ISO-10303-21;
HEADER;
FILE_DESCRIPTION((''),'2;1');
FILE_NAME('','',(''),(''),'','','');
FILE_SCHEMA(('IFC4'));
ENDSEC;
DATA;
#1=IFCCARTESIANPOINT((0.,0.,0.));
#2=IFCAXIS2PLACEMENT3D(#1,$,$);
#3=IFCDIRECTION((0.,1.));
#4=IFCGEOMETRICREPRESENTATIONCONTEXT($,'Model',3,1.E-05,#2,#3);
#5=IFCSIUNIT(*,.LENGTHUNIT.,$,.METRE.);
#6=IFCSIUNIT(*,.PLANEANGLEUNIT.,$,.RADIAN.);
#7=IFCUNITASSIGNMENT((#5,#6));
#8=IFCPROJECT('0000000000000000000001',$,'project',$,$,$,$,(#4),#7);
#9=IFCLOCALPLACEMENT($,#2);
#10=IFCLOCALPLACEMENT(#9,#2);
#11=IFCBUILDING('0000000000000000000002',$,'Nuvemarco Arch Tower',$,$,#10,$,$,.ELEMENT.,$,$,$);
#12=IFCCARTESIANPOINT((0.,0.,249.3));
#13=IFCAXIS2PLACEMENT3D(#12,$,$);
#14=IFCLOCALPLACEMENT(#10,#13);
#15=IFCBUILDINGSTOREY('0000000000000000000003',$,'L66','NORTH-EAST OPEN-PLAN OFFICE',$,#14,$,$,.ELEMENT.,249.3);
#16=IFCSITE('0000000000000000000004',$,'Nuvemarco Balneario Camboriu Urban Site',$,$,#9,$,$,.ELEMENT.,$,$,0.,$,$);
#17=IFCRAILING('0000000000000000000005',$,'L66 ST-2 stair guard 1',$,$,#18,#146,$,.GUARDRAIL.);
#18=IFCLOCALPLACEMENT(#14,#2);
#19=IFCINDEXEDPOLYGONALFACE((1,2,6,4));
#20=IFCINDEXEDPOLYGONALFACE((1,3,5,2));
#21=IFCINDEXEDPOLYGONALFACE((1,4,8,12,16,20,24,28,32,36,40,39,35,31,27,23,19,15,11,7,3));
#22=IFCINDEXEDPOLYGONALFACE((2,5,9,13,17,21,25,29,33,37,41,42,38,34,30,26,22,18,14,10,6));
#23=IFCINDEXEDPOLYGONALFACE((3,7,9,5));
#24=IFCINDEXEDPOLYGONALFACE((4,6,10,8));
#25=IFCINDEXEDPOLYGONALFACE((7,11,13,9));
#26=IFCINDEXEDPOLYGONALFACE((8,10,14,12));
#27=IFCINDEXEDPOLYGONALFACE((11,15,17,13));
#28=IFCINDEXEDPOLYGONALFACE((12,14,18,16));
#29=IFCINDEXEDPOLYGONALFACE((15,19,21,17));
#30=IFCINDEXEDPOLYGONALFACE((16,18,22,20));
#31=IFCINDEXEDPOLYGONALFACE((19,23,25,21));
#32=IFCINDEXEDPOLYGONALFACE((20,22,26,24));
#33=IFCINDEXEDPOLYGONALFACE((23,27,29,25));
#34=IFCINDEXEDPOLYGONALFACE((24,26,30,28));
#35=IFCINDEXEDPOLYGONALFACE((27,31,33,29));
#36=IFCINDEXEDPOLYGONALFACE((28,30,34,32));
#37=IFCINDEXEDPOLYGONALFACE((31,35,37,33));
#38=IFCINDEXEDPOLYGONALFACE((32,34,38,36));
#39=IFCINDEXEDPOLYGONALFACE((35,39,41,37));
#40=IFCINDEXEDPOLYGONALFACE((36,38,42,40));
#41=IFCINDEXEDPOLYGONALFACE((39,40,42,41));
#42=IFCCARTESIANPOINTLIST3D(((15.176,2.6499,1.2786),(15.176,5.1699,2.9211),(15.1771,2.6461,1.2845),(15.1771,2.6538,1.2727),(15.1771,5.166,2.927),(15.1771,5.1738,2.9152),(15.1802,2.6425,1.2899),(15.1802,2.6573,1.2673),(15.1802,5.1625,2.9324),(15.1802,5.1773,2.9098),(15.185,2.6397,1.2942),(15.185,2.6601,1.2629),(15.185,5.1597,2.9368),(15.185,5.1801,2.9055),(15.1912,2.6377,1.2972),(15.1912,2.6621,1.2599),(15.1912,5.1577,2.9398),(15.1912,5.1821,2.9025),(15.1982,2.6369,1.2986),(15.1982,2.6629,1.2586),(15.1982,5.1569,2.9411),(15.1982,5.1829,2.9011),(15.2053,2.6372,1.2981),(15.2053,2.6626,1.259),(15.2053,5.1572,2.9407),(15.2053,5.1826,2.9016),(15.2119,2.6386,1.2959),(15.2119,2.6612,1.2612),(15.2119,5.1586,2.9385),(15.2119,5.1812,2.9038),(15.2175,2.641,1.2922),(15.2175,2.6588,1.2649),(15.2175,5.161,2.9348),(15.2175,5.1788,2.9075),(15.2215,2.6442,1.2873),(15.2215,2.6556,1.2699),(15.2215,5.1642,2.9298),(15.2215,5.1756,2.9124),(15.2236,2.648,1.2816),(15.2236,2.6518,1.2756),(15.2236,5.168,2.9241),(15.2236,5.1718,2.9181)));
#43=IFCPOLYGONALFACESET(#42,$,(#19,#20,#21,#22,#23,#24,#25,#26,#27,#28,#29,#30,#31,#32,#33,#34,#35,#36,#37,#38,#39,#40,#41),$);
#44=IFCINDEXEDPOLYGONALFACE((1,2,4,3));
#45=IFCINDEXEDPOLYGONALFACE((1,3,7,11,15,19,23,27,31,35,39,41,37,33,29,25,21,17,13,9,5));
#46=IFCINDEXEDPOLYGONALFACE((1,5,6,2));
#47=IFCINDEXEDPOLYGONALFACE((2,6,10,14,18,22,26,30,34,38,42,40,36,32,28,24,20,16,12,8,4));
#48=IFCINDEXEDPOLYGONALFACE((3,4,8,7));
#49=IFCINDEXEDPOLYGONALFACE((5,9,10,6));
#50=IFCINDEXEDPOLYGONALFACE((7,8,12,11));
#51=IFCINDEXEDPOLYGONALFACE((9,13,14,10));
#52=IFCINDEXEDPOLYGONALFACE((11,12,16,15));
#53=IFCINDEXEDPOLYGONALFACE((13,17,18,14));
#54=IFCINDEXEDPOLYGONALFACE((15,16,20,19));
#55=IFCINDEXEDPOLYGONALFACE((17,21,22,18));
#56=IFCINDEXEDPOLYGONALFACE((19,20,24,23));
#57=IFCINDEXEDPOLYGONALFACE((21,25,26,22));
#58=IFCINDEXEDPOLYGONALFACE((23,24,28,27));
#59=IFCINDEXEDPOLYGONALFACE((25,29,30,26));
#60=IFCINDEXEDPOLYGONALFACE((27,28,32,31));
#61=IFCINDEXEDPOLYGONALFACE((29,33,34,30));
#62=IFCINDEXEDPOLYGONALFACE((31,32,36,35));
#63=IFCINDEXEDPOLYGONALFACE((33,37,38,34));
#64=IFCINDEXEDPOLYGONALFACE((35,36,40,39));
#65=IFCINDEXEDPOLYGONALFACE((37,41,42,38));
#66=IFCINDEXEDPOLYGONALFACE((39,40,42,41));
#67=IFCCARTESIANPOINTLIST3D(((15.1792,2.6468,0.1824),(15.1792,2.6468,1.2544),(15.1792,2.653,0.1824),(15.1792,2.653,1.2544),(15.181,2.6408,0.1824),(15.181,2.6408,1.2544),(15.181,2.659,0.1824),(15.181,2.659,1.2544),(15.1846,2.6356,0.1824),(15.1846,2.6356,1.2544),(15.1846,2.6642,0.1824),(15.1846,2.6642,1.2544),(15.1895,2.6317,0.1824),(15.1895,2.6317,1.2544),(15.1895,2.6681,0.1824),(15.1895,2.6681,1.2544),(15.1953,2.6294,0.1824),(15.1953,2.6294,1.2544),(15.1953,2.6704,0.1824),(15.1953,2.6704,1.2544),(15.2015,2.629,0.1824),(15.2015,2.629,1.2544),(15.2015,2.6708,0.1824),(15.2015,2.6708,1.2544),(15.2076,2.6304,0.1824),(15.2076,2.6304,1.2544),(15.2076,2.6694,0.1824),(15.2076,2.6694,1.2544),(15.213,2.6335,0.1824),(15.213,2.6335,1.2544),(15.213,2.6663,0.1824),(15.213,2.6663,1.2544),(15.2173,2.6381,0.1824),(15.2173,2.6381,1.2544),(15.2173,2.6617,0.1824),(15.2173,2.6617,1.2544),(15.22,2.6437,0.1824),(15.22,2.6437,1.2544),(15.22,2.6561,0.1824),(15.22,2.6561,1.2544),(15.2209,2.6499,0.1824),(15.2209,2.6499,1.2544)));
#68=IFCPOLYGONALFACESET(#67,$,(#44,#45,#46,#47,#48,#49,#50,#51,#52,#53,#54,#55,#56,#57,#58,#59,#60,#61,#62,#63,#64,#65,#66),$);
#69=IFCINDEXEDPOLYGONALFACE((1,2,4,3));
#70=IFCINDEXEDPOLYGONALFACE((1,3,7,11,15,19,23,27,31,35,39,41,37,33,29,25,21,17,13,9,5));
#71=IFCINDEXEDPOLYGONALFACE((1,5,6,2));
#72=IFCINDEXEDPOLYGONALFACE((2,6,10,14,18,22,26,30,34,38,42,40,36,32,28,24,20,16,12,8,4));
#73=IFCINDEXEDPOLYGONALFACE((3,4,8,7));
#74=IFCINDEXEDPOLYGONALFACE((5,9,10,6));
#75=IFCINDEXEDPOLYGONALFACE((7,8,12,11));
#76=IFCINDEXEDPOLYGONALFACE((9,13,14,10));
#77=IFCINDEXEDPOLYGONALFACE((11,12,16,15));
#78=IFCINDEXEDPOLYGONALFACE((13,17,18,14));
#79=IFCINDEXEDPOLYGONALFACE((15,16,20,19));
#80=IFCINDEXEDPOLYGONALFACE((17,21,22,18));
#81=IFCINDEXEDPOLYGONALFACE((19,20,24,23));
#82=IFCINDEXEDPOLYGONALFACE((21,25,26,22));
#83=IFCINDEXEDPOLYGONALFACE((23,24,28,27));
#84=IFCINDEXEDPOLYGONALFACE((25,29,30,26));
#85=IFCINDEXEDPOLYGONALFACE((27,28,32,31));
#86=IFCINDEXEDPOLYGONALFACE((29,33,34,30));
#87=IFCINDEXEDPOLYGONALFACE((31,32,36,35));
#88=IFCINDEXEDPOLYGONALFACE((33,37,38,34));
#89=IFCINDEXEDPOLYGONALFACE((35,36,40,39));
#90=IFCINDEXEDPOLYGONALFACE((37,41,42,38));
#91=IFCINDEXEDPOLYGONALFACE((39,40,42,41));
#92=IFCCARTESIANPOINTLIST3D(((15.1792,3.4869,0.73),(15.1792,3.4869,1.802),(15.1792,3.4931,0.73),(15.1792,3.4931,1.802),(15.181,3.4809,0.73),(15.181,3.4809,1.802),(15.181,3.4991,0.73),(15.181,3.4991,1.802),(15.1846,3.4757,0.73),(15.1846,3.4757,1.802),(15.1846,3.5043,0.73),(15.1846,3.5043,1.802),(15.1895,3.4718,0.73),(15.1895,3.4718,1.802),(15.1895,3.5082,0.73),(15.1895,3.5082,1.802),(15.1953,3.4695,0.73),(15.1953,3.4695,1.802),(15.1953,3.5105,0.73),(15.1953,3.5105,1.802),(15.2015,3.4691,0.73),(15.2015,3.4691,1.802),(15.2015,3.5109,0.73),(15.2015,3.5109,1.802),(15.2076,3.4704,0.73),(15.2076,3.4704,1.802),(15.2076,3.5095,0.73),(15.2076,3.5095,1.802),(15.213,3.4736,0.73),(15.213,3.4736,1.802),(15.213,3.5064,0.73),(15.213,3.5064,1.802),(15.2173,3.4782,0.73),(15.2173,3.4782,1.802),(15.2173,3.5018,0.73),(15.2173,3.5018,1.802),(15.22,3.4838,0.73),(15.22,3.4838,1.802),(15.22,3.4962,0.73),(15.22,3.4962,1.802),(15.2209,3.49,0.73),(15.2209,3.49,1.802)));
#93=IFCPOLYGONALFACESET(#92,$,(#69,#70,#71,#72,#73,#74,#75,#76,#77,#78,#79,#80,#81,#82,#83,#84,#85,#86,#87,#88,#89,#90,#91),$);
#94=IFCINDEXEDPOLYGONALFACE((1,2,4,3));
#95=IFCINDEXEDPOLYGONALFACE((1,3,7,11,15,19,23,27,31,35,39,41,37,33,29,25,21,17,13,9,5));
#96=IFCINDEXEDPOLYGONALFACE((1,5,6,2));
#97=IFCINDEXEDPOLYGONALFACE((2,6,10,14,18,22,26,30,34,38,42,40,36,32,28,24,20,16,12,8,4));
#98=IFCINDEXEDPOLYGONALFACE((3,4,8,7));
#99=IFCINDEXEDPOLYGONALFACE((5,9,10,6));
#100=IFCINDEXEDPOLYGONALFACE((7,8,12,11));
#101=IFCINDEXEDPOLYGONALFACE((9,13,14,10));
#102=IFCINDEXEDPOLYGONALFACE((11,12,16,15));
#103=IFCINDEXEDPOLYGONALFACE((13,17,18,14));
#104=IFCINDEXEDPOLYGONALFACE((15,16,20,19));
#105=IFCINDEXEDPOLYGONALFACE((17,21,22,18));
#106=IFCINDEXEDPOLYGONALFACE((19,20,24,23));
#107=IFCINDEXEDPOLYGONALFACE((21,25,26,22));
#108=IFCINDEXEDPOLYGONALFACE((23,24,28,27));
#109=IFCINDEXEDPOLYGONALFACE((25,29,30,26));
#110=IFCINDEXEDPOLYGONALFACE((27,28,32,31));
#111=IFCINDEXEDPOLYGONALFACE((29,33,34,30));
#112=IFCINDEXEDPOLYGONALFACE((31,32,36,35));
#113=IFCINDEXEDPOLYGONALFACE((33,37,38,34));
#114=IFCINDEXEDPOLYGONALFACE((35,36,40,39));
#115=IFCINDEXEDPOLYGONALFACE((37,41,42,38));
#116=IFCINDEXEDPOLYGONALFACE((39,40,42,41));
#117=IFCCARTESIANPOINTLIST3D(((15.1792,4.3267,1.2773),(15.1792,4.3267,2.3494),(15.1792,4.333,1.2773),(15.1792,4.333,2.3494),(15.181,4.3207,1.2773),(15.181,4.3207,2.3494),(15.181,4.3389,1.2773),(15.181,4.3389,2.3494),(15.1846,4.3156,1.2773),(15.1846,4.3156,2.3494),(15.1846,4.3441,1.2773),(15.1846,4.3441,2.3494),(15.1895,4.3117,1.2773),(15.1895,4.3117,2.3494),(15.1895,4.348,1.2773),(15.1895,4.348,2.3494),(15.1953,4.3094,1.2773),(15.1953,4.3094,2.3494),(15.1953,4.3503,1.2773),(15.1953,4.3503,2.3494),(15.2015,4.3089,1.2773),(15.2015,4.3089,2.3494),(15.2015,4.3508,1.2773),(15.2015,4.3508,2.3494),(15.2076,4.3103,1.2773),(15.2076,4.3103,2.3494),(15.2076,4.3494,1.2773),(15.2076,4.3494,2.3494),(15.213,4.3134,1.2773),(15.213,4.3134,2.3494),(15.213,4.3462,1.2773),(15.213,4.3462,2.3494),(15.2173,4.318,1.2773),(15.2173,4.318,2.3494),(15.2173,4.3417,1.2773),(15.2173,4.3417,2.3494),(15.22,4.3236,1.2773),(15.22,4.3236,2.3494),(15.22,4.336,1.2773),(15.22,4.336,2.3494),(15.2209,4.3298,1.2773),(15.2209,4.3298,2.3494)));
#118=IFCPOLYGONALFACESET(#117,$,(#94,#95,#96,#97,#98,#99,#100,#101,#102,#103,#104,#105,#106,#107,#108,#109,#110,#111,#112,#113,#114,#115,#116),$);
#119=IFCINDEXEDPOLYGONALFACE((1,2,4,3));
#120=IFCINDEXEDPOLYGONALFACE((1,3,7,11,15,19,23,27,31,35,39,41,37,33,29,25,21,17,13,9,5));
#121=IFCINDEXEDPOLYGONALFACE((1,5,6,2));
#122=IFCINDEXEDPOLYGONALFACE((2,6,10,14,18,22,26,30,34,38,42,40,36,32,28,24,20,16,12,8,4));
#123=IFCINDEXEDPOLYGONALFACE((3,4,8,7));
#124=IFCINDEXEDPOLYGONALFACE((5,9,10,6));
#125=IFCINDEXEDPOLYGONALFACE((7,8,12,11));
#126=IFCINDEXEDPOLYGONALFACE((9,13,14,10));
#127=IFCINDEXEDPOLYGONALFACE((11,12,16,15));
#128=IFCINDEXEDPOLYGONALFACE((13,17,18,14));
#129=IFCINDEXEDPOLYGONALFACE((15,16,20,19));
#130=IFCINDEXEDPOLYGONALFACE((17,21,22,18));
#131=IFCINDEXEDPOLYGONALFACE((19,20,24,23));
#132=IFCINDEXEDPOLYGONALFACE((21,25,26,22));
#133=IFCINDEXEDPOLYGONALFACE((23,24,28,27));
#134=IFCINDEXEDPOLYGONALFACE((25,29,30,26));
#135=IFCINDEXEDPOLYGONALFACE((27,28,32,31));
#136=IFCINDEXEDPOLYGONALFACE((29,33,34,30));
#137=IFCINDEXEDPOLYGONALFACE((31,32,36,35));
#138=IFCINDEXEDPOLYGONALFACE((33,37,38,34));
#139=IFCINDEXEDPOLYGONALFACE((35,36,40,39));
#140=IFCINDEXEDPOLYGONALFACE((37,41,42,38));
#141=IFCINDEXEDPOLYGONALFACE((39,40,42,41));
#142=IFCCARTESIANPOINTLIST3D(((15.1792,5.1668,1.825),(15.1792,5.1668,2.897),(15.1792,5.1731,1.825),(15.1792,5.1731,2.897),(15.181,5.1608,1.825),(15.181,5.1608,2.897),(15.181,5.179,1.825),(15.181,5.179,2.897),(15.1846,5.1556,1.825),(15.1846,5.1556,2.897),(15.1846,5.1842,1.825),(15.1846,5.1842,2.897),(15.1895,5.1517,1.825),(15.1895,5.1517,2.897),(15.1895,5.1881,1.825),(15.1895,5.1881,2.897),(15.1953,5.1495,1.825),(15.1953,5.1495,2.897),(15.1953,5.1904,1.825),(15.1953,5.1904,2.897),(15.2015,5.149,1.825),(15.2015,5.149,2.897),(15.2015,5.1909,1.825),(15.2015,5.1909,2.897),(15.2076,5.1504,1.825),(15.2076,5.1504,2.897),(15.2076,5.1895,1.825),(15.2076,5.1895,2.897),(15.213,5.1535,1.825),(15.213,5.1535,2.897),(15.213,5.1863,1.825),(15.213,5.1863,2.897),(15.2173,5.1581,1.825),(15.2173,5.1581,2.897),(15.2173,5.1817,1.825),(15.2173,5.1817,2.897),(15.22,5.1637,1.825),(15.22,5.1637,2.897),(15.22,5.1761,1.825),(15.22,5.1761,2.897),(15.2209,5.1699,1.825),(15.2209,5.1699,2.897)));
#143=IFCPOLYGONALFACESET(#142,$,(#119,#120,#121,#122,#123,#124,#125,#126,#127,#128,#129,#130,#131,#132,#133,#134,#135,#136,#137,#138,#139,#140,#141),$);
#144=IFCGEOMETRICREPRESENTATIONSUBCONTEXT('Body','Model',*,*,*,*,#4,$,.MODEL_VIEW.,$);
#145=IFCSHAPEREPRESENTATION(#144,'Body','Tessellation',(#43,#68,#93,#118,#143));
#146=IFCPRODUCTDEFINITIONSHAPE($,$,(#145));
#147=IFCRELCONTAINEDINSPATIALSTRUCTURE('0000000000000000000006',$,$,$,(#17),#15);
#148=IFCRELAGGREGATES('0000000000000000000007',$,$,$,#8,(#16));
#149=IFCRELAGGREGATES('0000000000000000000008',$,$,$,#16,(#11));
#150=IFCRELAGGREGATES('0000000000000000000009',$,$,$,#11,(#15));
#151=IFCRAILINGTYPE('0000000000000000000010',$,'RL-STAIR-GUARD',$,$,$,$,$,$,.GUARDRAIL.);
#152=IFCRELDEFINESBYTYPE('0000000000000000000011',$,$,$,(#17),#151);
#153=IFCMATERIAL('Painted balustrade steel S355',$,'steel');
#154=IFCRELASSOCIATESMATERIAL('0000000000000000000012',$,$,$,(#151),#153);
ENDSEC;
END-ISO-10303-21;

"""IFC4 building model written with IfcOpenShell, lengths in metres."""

from ifc_helpers import new_model, si_unit, direction, frame, origin, origin_2d, place, context, subcontext, project, spatial, circle, extrude, material, type_object, element, save


model = new_model("IFC4")

# Units and contexts
model_context = context("Model", 3, precision=1e-05, world=origin(), true_north=direction((0.0, 1.0)))
body_context = subcontext(model_context, "Body", "Model", "MODEL_VIEW")
ifc_project = project(units=[si_unit("LENGTHUNIT", "METRE"), si_unit("PLANEANGLEUNIT", "RADIAN")], contexts=[model_context])

# Site, building, storey
site_placement = place(None, origin())
site = spatial("IfcSite", under=ifc_project, at=site_placement, Name="Nuvemarco Balneario Camboriu Urban Site", CompositionType="ELEMENT", RefElevation=0.0)
building_placement = place(site_placement, origin())
building = spatial("IfcBuilding", under=site, at=building_placement, Name="Nuvemarco Arch Tower", CompositionType="ELEMENT")
storey_placement = place(building_placement, frame((0.0, 0.0, 249.3)))
storey = spatial("IfcBuildingStorey", under=building, at=storey_placement, Name="L66", Description="NORTH-EAST OPEN-PLAN OFFICE", CompositionType="ELEMENT", Elevation=249.3)

# Railing
ifc_material_1 = material(Name="Painted balustrade steel S355", Category="steel")
railing_type_1 = type_object("IfcRailingType", Name="RL-STAIR-GUARD", PredefinedType="GUARDRAIL", material=ifc_material_1)
railing_1_placement = place(storey_placement, frame((15.2, 2.6499, 0.1824)))
element("IfcRailing", 1, at=railing_1_placement, inside=storey, type_object=railing_type_1, Name="L66 ST-2 stair guard 1", PredefinedType="GUARDRAIL", context=body_context, shape_type="SweptSolid", body=[
    extrude(circle(Radius=0.0239, at=origin_2d()), frame((0.0, 0.0, 1.0962), z_axis=(0.0, 0.837749, 0.546055), x_axis=(-1.0, 0.0, 0.0)), (0.0, 0.0, 1.0), 3.0081),
    extrude(circle(Radius=0.021, at=origin_2d()), origin(), (0.0, 0.0, 1.0), 1.072),
    extrude(circle(Radius=0.021, at=origin_2d()), frame((0.0, 0.8401, 0.5476)), (0.0, 0.0, 1.0), 1.072),
    extrude(circle(Radius=0.021, at=origin_2d()), frame((0.0, 1.6799, 1.095)), (0.0, 0.0, 1.0), 1.072),
    extrude(circle(Radius=0.021, at=origin_2d()), frame((0.0, 2.52, 1.6426)), (0.0, 0.0, 1.0), 1.072),
])

save(model, "model.ifc")
